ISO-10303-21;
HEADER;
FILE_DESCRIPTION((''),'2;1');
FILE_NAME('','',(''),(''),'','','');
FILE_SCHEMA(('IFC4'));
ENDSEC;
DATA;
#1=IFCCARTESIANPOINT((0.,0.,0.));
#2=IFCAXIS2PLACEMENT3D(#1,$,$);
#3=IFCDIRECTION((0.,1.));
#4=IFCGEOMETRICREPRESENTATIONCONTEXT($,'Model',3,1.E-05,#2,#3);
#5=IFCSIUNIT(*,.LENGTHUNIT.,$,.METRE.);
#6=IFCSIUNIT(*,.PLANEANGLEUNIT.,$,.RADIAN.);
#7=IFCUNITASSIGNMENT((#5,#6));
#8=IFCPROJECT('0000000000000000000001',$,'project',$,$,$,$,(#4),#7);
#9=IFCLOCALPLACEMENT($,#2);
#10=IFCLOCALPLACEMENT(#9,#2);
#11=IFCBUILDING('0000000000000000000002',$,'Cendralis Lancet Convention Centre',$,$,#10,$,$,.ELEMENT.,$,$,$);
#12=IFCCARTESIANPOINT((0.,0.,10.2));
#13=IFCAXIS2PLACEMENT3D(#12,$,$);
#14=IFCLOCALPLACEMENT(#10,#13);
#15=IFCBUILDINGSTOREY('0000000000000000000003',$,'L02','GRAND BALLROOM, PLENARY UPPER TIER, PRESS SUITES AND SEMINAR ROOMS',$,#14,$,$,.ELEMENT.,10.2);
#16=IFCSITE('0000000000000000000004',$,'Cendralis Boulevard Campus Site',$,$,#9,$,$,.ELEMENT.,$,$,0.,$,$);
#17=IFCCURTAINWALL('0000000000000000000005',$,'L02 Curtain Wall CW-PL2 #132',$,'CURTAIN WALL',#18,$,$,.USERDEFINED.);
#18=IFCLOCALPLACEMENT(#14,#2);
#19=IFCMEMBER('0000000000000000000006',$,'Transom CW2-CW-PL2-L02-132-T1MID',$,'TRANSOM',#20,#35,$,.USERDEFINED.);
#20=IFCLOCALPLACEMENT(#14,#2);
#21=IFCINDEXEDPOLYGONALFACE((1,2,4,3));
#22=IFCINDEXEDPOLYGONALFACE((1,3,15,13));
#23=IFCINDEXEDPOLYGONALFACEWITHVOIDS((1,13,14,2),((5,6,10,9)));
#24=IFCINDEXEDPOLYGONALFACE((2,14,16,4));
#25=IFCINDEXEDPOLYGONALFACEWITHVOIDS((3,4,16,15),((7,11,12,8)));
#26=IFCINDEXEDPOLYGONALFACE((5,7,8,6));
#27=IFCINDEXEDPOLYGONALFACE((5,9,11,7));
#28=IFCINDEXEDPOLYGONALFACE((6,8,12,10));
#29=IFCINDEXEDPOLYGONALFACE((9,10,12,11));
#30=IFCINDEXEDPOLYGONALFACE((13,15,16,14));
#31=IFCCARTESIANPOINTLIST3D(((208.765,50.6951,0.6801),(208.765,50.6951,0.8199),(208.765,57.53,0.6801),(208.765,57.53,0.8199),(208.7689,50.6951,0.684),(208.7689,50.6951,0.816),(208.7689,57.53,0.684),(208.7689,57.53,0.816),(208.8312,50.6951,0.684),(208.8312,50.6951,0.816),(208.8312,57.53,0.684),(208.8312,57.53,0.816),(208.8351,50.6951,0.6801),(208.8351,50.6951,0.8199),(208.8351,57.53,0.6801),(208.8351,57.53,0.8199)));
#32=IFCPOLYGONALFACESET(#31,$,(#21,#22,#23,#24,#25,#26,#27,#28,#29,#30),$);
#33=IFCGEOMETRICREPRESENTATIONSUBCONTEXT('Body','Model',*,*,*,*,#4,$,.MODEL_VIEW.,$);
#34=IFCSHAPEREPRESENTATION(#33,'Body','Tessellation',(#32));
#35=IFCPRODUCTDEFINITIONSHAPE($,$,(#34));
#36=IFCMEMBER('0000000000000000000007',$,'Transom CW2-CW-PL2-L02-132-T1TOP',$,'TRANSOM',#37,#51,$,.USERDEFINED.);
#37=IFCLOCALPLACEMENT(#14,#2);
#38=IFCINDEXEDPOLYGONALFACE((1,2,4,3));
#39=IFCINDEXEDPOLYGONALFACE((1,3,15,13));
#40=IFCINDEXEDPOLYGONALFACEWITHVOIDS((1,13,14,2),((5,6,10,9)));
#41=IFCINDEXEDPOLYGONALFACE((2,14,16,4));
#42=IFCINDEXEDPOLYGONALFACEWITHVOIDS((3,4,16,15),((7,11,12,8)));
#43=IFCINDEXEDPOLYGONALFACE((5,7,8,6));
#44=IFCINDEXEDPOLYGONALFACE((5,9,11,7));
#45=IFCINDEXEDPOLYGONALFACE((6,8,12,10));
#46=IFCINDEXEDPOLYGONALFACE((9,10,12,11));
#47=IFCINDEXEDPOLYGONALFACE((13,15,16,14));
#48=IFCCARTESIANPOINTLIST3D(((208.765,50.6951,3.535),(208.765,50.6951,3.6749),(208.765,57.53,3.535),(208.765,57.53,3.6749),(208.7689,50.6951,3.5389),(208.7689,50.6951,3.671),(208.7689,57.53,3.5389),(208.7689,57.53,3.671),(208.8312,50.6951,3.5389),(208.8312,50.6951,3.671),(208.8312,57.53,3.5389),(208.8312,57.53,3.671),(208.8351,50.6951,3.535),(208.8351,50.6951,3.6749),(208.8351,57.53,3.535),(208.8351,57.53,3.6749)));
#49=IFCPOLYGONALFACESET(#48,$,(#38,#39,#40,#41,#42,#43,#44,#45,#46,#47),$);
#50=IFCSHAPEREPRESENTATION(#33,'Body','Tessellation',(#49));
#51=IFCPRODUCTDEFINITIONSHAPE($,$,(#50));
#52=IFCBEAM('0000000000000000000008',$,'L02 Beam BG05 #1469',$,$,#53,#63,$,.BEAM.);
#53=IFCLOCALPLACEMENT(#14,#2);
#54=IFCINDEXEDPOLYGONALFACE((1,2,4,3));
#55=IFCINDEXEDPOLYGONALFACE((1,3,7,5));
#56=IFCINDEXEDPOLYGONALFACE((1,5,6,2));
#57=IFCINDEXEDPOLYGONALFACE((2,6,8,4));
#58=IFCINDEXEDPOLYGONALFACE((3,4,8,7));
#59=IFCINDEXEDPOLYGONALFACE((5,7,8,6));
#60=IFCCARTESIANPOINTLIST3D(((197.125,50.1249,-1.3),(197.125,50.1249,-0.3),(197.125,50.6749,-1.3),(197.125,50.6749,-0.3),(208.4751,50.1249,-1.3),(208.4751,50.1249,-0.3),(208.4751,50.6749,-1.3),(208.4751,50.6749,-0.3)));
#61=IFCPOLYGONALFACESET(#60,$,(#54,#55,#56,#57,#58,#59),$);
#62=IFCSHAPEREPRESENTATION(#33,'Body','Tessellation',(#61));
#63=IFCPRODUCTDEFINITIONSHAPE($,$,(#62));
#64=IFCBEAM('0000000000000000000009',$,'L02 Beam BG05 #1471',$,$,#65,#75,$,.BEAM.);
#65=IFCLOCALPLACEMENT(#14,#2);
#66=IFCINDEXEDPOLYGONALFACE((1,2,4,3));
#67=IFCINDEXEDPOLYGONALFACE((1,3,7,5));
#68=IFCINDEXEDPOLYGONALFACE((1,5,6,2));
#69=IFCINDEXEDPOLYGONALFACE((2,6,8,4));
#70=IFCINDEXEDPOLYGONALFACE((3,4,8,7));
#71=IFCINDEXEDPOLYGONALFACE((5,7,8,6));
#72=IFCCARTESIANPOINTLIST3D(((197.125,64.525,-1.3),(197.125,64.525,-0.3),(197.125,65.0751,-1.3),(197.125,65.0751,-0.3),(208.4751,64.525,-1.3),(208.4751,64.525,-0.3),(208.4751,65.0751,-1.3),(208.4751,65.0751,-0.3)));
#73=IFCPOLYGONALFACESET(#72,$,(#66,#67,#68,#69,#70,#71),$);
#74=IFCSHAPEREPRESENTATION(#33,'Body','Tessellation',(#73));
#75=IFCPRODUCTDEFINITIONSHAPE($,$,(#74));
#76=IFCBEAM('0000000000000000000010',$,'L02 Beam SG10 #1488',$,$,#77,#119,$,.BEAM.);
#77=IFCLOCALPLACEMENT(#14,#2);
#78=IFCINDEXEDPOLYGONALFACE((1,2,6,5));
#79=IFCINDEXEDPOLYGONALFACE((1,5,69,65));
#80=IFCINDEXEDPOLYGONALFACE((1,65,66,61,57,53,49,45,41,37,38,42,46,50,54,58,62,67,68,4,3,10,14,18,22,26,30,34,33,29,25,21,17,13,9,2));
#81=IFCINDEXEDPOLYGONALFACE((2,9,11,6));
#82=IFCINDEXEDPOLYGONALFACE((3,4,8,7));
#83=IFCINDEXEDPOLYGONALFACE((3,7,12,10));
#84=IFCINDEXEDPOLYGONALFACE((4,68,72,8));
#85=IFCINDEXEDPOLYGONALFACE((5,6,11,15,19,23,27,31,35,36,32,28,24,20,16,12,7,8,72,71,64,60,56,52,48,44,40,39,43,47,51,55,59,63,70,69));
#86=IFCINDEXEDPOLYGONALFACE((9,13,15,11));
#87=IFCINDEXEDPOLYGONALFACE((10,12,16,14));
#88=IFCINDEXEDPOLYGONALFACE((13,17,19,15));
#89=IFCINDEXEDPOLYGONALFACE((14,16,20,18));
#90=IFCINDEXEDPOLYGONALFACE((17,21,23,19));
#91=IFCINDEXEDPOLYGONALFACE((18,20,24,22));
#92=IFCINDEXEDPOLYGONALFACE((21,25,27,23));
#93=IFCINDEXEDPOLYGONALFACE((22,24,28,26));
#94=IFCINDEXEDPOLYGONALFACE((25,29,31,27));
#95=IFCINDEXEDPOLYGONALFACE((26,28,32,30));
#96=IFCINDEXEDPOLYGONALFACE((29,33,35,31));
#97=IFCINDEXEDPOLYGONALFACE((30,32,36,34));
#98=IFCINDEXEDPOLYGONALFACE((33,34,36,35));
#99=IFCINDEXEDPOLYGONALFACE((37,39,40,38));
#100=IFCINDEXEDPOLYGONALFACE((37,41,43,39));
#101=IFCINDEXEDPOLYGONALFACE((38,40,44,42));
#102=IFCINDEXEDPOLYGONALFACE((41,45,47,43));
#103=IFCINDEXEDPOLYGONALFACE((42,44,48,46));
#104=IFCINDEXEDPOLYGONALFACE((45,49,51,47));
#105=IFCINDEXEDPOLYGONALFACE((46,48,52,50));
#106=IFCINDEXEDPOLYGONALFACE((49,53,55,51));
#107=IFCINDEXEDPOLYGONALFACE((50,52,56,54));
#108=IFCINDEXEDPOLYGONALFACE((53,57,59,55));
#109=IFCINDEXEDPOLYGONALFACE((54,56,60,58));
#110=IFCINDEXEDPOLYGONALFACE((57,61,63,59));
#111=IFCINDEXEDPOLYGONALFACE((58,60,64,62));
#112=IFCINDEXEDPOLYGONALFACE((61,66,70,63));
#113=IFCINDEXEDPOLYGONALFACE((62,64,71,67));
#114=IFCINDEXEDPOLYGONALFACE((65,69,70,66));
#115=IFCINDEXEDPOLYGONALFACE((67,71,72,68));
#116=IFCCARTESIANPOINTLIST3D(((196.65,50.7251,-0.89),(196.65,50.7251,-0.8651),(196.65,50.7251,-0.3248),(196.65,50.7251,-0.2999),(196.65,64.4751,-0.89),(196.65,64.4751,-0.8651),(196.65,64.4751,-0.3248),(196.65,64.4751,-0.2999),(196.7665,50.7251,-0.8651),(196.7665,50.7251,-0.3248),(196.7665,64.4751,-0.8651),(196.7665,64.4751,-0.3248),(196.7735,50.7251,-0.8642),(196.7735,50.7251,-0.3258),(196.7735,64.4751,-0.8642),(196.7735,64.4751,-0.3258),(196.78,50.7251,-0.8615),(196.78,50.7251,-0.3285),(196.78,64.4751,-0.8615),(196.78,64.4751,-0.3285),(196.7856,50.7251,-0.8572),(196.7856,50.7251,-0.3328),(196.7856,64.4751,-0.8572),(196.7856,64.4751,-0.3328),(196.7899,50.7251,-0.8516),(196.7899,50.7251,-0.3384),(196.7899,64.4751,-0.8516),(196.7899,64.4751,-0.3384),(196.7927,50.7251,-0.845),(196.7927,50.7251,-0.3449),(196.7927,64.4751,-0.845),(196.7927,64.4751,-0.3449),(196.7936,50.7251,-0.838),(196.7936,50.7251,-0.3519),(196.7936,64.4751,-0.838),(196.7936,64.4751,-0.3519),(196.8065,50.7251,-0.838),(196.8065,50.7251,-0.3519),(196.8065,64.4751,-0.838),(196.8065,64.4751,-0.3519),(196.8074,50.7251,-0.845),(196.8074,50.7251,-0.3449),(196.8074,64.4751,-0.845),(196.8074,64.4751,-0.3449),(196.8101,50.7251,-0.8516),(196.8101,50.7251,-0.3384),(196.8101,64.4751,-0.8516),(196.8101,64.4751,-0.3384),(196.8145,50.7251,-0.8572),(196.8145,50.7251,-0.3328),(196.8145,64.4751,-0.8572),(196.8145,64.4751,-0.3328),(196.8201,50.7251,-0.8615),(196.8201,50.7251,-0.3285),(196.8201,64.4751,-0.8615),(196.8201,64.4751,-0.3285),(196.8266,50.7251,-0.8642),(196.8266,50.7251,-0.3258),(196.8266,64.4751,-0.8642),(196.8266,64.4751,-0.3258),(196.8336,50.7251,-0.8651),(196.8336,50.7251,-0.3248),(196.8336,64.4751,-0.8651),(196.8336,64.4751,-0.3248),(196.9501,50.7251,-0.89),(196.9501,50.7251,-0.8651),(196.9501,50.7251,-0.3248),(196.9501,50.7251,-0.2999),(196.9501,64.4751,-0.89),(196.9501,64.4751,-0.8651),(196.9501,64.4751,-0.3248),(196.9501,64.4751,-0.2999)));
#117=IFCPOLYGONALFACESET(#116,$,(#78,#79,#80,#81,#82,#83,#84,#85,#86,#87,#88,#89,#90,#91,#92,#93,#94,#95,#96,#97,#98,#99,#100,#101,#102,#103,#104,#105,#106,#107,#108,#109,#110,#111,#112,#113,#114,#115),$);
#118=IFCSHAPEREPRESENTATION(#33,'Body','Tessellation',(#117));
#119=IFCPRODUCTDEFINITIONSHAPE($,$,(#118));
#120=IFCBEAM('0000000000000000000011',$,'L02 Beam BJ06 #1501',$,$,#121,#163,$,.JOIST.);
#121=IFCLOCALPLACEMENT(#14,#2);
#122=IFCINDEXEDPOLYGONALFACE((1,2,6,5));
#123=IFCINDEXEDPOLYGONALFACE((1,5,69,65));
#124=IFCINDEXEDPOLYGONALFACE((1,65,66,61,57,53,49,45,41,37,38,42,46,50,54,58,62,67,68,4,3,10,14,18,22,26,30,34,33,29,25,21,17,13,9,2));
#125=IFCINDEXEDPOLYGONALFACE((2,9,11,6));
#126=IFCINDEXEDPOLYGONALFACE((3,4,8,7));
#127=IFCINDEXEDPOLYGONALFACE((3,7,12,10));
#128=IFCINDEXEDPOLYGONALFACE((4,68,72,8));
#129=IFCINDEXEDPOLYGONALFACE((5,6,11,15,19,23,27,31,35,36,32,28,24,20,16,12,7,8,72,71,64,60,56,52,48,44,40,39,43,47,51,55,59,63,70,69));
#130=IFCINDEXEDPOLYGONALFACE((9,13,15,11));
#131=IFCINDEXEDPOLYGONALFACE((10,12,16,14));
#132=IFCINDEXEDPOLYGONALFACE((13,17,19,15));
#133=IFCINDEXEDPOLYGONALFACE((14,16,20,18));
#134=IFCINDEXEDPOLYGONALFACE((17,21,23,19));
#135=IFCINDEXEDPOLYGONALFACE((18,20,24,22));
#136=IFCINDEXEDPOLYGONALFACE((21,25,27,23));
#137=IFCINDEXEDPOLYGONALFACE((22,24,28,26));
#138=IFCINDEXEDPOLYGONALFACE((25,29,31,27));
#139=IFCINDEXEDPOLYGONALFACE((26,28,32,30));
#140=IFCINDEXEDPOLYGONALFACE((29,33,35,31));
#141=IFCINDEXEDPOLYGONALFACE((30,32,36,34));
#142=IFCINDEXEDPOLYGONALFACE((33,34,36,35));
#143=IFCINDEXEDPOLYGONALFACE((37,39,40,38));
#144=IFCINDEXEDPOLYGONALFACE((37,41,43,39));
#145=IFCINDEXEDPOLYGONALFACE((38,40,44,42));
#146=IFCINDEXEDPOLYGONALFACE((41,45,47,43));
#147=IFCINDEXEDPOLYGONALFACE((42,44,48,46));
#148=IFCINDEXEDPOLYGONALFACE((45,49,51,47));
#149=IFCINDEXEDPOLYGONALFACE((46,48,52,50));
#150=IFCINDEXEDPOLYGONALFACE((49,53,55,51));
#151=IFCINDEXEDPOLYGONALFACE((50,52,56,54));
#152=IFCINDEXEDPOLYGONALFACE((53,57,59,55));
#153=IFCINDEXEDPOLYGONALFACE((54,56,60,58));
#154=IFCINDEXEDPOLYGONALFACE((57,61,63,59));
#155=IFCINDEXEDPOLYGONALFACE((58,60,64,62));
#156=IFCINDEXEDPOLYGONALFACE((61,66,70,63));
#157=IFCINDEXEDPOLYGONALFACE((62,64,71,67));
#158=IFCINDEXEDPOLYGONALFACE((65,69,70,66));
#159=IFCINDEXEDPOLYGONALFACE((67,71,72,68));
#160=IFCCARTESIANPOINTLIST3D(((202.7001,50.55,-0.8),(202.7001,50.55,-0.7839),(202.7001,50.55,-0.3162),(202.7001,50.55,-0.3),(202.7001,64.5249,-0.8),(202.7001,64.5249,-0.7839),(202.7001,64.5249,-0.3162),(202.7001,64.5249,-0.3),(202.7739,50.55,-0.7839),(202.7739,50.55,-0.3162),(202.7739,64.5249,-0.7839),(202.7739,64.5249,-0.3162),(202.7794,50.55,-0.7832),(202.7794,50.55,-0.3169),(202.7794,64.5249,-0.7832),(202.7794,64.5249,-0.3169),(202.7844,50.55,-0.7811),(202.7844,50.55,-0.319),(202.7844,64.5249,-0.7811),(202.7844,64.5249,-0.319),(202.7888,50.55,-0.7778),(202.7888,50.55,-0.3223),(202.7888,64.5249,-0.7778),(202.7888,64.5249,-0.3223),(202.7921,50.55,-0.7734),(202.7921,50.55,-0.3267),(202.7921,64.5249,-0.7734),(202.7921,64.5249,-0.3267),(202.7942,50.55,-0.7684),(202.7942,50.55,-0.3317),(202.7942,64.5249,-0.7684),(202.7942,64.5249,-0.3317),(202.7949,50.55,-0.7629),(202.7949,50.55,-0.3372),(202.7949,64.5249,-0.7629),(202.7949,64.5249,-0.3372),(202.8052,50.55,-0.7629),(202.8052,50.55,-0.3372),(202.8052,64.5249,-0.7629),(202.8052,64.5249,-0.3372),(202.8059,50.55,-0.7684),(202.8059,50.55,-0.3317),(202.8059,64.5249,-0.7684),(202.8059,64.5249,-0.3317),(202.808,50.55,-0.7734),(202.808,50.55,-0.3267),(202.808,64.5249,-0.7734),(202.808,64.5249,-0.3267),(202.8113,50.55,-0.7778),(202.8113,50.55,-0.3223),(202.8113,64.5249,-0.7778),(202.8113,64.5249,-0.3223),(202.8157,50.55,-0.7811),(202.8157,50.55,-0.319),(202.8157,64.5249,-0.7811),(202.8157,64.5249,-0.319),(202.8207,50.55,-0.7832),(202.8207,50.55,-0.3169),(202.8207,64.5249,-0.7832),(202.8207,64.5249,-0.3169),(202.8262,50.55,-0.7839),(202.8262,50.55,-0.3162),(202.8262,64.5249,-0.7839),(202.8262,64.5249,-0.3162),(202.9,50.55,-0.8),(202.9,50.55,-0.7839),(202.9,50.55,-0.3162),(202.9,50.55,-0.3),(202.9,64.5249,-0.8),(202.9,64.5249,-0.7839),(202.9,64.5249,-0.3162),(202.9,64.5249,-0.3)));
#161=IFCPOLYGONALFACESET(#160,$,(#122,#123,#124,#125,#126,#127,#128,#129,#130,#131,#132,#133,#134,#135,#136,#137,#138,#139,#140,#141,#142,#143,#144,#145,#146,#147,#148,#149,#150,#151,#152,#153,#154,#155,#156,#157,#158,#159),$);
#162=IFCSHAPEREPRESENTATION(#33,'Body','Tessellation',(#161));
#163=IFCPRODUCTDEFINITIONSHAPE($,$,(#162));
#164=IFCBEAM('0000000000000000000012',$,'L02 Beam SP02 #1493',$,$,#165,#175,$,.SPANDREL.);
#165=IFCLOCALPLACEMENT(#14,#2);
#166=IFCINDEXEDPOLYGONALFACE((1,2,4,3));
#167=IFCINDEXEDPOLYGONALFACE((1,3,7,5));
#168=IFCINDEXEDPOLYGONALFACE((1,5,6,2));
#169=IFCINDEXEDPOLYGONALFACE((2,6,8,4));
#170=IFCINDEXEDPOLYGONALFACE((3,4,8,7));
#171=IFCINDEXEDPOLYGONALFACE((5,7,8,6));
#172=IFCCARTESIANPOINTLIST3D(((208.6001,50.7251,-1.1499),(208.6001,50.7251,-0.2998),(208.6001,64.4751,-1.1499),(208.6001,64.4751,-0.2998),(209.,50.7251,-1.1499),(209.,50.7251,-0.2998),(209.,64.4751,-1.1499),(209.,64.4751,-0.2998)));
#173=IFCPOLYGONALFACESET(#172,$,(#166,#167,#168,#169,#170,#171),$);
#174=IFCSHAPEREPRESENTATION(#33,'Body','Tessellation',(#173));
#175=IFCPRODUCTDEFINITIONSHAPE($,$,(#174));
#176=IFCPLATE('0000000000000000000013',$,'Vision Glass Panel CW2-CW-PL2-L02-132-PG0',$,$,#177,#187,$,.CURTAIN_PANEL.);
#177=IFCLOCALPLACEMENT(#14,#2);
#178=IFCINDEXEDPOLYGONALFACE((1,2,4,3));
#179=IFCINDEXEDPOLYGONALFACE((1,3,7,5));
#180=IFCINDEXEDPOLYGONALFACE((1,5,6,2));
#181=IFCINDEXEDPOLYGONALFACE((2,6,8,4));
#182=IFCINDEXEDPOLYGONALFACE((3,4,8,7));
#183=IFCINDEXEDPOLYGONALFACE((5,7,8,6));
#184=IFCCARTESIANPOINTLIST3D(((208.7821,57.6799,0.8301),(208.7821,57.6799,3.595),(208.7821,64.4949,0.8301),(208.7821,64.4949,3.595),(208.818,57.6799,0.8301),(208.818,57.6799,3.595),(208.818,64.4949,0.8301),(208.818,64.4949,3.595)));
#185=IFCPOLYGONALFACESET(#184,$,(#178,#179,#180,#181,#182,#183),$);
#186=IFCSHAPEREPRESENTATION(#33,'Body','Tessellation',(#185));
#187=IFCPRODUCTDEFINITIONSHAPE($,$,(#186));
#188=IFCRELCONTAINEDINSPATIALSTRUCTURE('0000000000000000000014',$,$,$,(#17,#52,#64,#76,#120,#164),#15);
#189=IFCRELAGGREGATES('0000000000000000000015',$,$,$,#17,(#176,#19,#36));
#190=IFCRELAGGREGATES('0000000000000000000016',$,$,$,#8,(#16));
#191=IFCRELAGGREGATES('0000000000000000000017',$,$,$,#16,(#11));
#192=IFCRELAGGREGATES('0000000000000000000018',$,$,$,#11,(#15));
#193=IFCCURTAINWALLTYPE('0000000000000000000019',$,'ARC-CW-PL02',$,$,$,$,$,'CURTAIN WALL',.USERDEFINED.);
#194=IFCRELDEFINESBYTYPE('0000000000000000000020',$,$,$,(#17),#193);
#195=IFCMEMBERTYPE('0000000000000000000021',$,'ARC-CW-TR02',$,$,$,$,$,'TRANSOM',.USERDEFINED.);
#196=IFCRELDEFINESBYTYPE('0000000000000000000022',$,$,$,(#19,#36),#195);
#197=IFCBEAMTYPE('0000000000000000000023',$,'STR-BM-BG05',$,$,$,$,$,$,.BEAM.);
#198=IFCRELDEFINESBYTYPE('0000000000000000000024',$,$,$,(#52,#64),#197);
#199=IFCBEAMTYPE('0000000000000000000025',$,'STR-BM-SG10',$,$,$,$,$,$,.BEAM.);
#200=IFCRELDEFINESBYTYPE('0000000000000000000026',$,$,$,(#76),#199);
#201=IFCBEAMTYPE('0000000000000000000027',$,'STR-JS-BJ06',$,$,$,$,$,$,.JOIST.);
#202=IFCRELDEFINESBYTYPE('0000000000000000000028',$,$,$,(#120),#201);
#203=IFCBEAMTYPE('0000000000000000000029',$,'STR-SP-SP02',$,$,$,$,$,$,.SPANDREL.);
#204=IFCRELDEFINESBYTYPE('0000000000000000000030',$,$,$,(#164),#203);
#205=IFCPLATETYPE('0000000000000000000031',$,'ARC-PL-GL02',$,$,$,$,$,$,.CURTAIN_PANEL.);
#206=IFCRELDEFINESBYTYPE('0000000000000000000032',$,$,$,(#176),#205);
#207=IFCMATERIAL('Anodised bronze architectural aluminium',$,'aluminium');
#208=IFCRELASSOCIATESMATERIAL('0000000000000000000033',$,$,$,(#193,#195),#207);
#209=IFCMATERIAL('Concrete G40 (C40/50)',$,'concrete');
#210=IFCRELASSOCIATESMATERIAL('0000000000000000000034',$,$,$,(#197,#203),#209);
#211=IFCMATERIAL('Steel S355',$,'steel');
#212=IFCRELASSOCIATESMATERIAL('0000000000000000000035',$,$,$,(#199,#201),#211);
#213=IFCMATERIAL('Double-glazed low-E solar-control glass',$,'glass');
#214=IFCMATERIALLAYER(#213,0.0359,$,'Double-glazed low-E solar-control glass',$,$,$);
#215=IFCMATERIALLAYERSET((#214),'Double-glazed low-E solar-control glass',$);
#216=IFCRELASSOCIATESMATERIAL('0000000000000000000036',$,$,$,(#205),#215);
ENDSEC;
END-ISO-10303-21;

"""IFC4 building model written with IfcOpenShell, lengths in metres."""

from ifc_helpers import new_model, si_unit, direction, frame, origin, origin_2d, place, context, subcontext, project, spatial, rectangle, hollow_rectangle, i_section, extrude, material, layer, layer_set, material_profile, profile_set, type_object, element, aggregate, save


model = new_model("IFC4")

# Units and contexts
model_context = context("Model", 3, precision=1e-05, world=origin(), true_north=direction((0.0, 1.0)))
body_context = subcontext(model_context, "Body", "Model", "MODEL_VIEW")
ifc_project = project(units=[si_unit("LENGTHUNIT", "METRE"), si_unit("PLANEANGLEUNIT", "RADIAN")], contexts=[model_context])

# Site, building, storey
site_placement = place(None, origin())
site = spatial("IfcSite", under=ifc_project, at=site_placement, Name="Cendralis Boulevard Campus Site", CompositionType="ELEMENT", RefElevation=0.0)
building_placement = place(site_placement, origin())
building = spatial("IfcBuilding", under=site, at=building_placement, Name="Cendralis Lancet Convention Centre", CompositionType="ELEMENT")
storey_placement = place(building_placement, frame((0.0, 0.0, 10.2)))
storey = spatial("IfcBuildingStorey", under=building, at=storey_placement, Name="L02", Description="GRAND BALLROOM, PLENARY UPPER TIER, PRESS SUITES AND SEMINAR ROOMS", CompositionType="ELEMENT", Elevation=10.2)

# Shared definitions
ifc_material_1 = material(Name="Steel S355", Category="steel")

# Curtain wall, members
ifc_material_2 = material(Name="Anodised bronze architectural aluminium", Category="aluminium")
curtain_wall_type = type_object("IfcCurtainWallType", Name="ARC-CW-PL02", ElementType="CURTAIN WALL", PredefinedType="USERDEFINED", material=ifc_material_2)
curtain_wall_placement = place(storey_placement, origin())
curtain_wall = element("IfcCurtainWall", 1, at=curtain_wall_placement, inside=storey, type_object=curtain_wall_type, Name="L02 Curtain Wall CW-PL2 #132", ObjectType="CURTAIN WALL", PredefinedType="USERDEFINED")
ifc_material_profile_1 = material_profile(ifc_material_2, hollow_rectangle(XDim=0.0701, YDim=0.1399, WallThickness=0.0039, at=origin_2d()), Name="AL-TRAN 70x140x4.0")
ifc_profile_set_1 = profile_set([ifc_material_profile_1], Name="Anodised bronze architectural aluminium")
member_type_1 = type_object("IfcMemberType", Name="ARC-CW-TR02", ElementType="TRANSOM", PredefinedType="USERDEFINED", material=ifc_profile_set_1)
member_1_placement = place(storey_placement, frame((208.8, 57.53, 0.75), z_axis=(0.0, -1.0, 0.0), x_axis=(1.0, 0.0, 0.0)))
member_1 = element("IfcMember", 2, at=member_1_placement, type_object=member_type_1, Name="Transom CW2-CW-PL2-L02-132-T1MID", ObjectType="TRANSOM", PredefinedType="USERDEFINED", context=body_context, shape_type="SweptSolid", body=[
    extrude(hollow_rectangle(XDim=0.0701, YDim=0.1399, WallThickness=0.0039, at=origin_2d()), origin(), (0.0, 0.0, 1.0), 6.835),
])
member_2_placement = place(storey_placement, frame((208.8, 57.53, 3.605), z_axis=(0.0, -1.0, 0.0), x_axis=(1.0, 0.0, 0.0)))
member_2 = element("IfcMember", 3, at=member_2_placement, type_object=member_type_1, Name="Transom CW2-CW-PL2-L02-132-T1TOP", ObjectType="TRANSOM", PredefinedType="USERDEFINED", context=body_context, shape_type="SweptSolid", body=[
    extrude(hollow_rectangle(XDim=0.0701, YDim=0.1399, WallThickness=0.0039, at=origin_2d()), origin(), (0.0, 0.0, 1.0), 6.835),
])

# Beams
ifc_material_3 = material(Name="Concrete G40 (C40/50)", Category="concrete")
ifc_material_profile_2 = material_profile(ifc_material_3, rectangle(XDim=0.55, YDim=1.0, at=origin_2d()), Name="RCB 550x1000")
ifc_profile_set_2 = profile_set([ifc_material_profile_2], Name="Concrete G40 (C40/50)")
beam_type_1 = type_object("IfcBeamType", Name="STR-BM-BG05", PredefinedType="BEAM", material=ifc_profile_set_2)
for number, where, z_axis, x_axis, name in (
    (4, (197.125, 50.3999, -0.8), (1.0, 0.0, 0.0), (0.0, 1.0, 0.0), "L02 Beam BG05 #1469"),
    (5, (197.125, 64.8, -0.8), (1.0, 0.0, 0.0), (0.0, 1.0, 0.0), "L02 Beam BG05 #1471"),
):
    element("IfcBeam", number, at=place(storey_placement, frame(where, z_axis=z_axis, x_axis=x_axis)), inside=storey, type_object=beam_type_1, Name=name, PredefinedType="BEAM", context=body_context, shape_type="SweptSolid", body=[
        extrude(rectangle(XDim=0.55, YDim=1.0, at=origin_2d()), origin(), (0.0, 0.0, 1.0), 11.3501),
    ])
ifc_material_profile_3 = material_profile(ifc_material_1, i_section(OverallWidth=0.3, OverallDepth=0.5901, WebThickness=0.0129, FlangeThickness=0.0249, FilletRadius=0.0271, at=origin_2d()), Name="HEA 600")
ifc_profile_set_3 = profile_set([ifc_material_profile_3], Name="Steel S355")
beam_type_2 = type_object("IfcBeamType", Name="STR-BM-SG10", PredefinedType="BEAM", material=ifc_profile_set_3)
beam_1_placement = place(storey_placement, frame((196.8, 50.7251, -0.595), z_axis=(0.0, 1.0, 0.0), x_axis=(-1.0, 0.0, 0.0)))
element("IfcBeam", 6, at=beam_1_placement, inside=storey, type_object=beam_type_2, Name="L02 Beam SG10 #1488", PredefinedType="BEAM", context=body_context, shape_type="SweptSolid", body=[
    extrude(i_section(OverallWidth=0.3, OverallDepth=0.5901, WebThickness=0.0129, FlangeThickness=0.0249, FilletRadius=0.0271, at=origin_2d()), origin(), (0.0, 0.0, 1.0), 13.75),
])
ifc_material_profile_4 = material_profile(ifc_material_1, i_section(OverallWidth=0.2, OverallDepth=0.5, WebThickness=0.0103, FlangeThickness=0.0161, FilletRadius=0.021, at=origin_2d()), Name="IPE 500")
ifc_profile_set_4 = profile_set([ifc_material_profile_4], Name="Steel S355")
beam_type_3 = type_object("IfcBeamType", Name="STR-JS-BJ06", PredefinedType="JOIST", material=ifc_profile_set_4)
beam_2_placement = place(storey_placement, frame((202.8, 50.55, -0.55), z_axis=(0.0, 1.0, 0.0), x_axis=(-1.0, 0.0, 0.0)))
element("IfcBeam", 7, at=beam_2_placement, inside=storey, type_object=beam_type_3, Name="L02 Beam BJ06 #1501", PredefinedType="JOIST", context=body_context, shape_type="SweptSolid", body=[
    extrude(i_section(OverallWidth=0.2, OverallDepth=0.5, WebThickness=0.0103, FlangeThickness=0.0161, FilletRadius=0.021, at=origin_2d()), origin(), (0.0, 0.0, 1.0), 13.9749),
])
ifc_material_profile_5 = material_profile(ifc_material_3, rectangle(XDim=0.3999, YDim=0.8501, at=origin_2d()), Name="RCB 400x850")
ifc_profile_set_5 = profile_set([ifc_material_profile_5], Name="Concrete G40 (C40/50)")
beam_type_4 = type_object("IfcBeamType", Name="STR-SP-SP02", PredefinedType="SPANDREL", material=ifc_profile_set_5)
beam_3_placement = place(storey_placement, frame((208.8, 50.7251, -0.7249), z_axis=(0.0, 1.0, 0.0), x_axis=(-1.0, 0.0, 0.0)))
element("IfcBeam", 8, at=beam_3_placement, inside=storey, type_object=beam_type_4, Name="L02 Beam SP02 #1493", PredefinedType="SPANDREL", context=body_context, shape_type="SweptSolid", body=[
    extrude(rectangle(XDim=0.3999, YDim=0.8501, at=origin_2d()), origin(), (0.0, 0.0, 1.0), 13.75),
])

# Plate
ifc_material_4 = material(Name="Double-glazed low-E solar-control glass", Category="glass")
ifc_layer_1 = layer(ifc_material_4, 0.0359, Name="Double-glazed low-E solar-control glass")
ifc_layer_set_1 = layer_set([ifc_layer_1], Name="Double-glazed low-E solar-control glass")
plate_type_1 = type_object("IfcPlateType", Name="ARC-PL-GL02", PredefinedType="CURTAIN_PANEL", material=ifc_layer_set_1)
plate_1_placement = place(storey_placement, frame((208.8, 61.0874, 0.8301), z_axis=(0.0, 0.0, 1.0), x_axis=(0.0, -1.0, 0.0)))
plate_1 = element("IfcPlate", 9, at=plate_1_placement, type_object=plate_type_1, Name="Vision Glass Panel CW2-CW-PL2-L02-132-PG0", PredefinedType="CURTAIN_PANEL", context=body_context, shape_type="SweptSolid", body=[
    extrude(rectangle(XDim=6.8149, YDim=0.0359, at=origin_2d()), origin(), (0.0, 0.0, 1.0), 2.7649),
])
aggregate(curtain_wall, [plate_1, member_1, member_2])

save(model, "model.ifc")
